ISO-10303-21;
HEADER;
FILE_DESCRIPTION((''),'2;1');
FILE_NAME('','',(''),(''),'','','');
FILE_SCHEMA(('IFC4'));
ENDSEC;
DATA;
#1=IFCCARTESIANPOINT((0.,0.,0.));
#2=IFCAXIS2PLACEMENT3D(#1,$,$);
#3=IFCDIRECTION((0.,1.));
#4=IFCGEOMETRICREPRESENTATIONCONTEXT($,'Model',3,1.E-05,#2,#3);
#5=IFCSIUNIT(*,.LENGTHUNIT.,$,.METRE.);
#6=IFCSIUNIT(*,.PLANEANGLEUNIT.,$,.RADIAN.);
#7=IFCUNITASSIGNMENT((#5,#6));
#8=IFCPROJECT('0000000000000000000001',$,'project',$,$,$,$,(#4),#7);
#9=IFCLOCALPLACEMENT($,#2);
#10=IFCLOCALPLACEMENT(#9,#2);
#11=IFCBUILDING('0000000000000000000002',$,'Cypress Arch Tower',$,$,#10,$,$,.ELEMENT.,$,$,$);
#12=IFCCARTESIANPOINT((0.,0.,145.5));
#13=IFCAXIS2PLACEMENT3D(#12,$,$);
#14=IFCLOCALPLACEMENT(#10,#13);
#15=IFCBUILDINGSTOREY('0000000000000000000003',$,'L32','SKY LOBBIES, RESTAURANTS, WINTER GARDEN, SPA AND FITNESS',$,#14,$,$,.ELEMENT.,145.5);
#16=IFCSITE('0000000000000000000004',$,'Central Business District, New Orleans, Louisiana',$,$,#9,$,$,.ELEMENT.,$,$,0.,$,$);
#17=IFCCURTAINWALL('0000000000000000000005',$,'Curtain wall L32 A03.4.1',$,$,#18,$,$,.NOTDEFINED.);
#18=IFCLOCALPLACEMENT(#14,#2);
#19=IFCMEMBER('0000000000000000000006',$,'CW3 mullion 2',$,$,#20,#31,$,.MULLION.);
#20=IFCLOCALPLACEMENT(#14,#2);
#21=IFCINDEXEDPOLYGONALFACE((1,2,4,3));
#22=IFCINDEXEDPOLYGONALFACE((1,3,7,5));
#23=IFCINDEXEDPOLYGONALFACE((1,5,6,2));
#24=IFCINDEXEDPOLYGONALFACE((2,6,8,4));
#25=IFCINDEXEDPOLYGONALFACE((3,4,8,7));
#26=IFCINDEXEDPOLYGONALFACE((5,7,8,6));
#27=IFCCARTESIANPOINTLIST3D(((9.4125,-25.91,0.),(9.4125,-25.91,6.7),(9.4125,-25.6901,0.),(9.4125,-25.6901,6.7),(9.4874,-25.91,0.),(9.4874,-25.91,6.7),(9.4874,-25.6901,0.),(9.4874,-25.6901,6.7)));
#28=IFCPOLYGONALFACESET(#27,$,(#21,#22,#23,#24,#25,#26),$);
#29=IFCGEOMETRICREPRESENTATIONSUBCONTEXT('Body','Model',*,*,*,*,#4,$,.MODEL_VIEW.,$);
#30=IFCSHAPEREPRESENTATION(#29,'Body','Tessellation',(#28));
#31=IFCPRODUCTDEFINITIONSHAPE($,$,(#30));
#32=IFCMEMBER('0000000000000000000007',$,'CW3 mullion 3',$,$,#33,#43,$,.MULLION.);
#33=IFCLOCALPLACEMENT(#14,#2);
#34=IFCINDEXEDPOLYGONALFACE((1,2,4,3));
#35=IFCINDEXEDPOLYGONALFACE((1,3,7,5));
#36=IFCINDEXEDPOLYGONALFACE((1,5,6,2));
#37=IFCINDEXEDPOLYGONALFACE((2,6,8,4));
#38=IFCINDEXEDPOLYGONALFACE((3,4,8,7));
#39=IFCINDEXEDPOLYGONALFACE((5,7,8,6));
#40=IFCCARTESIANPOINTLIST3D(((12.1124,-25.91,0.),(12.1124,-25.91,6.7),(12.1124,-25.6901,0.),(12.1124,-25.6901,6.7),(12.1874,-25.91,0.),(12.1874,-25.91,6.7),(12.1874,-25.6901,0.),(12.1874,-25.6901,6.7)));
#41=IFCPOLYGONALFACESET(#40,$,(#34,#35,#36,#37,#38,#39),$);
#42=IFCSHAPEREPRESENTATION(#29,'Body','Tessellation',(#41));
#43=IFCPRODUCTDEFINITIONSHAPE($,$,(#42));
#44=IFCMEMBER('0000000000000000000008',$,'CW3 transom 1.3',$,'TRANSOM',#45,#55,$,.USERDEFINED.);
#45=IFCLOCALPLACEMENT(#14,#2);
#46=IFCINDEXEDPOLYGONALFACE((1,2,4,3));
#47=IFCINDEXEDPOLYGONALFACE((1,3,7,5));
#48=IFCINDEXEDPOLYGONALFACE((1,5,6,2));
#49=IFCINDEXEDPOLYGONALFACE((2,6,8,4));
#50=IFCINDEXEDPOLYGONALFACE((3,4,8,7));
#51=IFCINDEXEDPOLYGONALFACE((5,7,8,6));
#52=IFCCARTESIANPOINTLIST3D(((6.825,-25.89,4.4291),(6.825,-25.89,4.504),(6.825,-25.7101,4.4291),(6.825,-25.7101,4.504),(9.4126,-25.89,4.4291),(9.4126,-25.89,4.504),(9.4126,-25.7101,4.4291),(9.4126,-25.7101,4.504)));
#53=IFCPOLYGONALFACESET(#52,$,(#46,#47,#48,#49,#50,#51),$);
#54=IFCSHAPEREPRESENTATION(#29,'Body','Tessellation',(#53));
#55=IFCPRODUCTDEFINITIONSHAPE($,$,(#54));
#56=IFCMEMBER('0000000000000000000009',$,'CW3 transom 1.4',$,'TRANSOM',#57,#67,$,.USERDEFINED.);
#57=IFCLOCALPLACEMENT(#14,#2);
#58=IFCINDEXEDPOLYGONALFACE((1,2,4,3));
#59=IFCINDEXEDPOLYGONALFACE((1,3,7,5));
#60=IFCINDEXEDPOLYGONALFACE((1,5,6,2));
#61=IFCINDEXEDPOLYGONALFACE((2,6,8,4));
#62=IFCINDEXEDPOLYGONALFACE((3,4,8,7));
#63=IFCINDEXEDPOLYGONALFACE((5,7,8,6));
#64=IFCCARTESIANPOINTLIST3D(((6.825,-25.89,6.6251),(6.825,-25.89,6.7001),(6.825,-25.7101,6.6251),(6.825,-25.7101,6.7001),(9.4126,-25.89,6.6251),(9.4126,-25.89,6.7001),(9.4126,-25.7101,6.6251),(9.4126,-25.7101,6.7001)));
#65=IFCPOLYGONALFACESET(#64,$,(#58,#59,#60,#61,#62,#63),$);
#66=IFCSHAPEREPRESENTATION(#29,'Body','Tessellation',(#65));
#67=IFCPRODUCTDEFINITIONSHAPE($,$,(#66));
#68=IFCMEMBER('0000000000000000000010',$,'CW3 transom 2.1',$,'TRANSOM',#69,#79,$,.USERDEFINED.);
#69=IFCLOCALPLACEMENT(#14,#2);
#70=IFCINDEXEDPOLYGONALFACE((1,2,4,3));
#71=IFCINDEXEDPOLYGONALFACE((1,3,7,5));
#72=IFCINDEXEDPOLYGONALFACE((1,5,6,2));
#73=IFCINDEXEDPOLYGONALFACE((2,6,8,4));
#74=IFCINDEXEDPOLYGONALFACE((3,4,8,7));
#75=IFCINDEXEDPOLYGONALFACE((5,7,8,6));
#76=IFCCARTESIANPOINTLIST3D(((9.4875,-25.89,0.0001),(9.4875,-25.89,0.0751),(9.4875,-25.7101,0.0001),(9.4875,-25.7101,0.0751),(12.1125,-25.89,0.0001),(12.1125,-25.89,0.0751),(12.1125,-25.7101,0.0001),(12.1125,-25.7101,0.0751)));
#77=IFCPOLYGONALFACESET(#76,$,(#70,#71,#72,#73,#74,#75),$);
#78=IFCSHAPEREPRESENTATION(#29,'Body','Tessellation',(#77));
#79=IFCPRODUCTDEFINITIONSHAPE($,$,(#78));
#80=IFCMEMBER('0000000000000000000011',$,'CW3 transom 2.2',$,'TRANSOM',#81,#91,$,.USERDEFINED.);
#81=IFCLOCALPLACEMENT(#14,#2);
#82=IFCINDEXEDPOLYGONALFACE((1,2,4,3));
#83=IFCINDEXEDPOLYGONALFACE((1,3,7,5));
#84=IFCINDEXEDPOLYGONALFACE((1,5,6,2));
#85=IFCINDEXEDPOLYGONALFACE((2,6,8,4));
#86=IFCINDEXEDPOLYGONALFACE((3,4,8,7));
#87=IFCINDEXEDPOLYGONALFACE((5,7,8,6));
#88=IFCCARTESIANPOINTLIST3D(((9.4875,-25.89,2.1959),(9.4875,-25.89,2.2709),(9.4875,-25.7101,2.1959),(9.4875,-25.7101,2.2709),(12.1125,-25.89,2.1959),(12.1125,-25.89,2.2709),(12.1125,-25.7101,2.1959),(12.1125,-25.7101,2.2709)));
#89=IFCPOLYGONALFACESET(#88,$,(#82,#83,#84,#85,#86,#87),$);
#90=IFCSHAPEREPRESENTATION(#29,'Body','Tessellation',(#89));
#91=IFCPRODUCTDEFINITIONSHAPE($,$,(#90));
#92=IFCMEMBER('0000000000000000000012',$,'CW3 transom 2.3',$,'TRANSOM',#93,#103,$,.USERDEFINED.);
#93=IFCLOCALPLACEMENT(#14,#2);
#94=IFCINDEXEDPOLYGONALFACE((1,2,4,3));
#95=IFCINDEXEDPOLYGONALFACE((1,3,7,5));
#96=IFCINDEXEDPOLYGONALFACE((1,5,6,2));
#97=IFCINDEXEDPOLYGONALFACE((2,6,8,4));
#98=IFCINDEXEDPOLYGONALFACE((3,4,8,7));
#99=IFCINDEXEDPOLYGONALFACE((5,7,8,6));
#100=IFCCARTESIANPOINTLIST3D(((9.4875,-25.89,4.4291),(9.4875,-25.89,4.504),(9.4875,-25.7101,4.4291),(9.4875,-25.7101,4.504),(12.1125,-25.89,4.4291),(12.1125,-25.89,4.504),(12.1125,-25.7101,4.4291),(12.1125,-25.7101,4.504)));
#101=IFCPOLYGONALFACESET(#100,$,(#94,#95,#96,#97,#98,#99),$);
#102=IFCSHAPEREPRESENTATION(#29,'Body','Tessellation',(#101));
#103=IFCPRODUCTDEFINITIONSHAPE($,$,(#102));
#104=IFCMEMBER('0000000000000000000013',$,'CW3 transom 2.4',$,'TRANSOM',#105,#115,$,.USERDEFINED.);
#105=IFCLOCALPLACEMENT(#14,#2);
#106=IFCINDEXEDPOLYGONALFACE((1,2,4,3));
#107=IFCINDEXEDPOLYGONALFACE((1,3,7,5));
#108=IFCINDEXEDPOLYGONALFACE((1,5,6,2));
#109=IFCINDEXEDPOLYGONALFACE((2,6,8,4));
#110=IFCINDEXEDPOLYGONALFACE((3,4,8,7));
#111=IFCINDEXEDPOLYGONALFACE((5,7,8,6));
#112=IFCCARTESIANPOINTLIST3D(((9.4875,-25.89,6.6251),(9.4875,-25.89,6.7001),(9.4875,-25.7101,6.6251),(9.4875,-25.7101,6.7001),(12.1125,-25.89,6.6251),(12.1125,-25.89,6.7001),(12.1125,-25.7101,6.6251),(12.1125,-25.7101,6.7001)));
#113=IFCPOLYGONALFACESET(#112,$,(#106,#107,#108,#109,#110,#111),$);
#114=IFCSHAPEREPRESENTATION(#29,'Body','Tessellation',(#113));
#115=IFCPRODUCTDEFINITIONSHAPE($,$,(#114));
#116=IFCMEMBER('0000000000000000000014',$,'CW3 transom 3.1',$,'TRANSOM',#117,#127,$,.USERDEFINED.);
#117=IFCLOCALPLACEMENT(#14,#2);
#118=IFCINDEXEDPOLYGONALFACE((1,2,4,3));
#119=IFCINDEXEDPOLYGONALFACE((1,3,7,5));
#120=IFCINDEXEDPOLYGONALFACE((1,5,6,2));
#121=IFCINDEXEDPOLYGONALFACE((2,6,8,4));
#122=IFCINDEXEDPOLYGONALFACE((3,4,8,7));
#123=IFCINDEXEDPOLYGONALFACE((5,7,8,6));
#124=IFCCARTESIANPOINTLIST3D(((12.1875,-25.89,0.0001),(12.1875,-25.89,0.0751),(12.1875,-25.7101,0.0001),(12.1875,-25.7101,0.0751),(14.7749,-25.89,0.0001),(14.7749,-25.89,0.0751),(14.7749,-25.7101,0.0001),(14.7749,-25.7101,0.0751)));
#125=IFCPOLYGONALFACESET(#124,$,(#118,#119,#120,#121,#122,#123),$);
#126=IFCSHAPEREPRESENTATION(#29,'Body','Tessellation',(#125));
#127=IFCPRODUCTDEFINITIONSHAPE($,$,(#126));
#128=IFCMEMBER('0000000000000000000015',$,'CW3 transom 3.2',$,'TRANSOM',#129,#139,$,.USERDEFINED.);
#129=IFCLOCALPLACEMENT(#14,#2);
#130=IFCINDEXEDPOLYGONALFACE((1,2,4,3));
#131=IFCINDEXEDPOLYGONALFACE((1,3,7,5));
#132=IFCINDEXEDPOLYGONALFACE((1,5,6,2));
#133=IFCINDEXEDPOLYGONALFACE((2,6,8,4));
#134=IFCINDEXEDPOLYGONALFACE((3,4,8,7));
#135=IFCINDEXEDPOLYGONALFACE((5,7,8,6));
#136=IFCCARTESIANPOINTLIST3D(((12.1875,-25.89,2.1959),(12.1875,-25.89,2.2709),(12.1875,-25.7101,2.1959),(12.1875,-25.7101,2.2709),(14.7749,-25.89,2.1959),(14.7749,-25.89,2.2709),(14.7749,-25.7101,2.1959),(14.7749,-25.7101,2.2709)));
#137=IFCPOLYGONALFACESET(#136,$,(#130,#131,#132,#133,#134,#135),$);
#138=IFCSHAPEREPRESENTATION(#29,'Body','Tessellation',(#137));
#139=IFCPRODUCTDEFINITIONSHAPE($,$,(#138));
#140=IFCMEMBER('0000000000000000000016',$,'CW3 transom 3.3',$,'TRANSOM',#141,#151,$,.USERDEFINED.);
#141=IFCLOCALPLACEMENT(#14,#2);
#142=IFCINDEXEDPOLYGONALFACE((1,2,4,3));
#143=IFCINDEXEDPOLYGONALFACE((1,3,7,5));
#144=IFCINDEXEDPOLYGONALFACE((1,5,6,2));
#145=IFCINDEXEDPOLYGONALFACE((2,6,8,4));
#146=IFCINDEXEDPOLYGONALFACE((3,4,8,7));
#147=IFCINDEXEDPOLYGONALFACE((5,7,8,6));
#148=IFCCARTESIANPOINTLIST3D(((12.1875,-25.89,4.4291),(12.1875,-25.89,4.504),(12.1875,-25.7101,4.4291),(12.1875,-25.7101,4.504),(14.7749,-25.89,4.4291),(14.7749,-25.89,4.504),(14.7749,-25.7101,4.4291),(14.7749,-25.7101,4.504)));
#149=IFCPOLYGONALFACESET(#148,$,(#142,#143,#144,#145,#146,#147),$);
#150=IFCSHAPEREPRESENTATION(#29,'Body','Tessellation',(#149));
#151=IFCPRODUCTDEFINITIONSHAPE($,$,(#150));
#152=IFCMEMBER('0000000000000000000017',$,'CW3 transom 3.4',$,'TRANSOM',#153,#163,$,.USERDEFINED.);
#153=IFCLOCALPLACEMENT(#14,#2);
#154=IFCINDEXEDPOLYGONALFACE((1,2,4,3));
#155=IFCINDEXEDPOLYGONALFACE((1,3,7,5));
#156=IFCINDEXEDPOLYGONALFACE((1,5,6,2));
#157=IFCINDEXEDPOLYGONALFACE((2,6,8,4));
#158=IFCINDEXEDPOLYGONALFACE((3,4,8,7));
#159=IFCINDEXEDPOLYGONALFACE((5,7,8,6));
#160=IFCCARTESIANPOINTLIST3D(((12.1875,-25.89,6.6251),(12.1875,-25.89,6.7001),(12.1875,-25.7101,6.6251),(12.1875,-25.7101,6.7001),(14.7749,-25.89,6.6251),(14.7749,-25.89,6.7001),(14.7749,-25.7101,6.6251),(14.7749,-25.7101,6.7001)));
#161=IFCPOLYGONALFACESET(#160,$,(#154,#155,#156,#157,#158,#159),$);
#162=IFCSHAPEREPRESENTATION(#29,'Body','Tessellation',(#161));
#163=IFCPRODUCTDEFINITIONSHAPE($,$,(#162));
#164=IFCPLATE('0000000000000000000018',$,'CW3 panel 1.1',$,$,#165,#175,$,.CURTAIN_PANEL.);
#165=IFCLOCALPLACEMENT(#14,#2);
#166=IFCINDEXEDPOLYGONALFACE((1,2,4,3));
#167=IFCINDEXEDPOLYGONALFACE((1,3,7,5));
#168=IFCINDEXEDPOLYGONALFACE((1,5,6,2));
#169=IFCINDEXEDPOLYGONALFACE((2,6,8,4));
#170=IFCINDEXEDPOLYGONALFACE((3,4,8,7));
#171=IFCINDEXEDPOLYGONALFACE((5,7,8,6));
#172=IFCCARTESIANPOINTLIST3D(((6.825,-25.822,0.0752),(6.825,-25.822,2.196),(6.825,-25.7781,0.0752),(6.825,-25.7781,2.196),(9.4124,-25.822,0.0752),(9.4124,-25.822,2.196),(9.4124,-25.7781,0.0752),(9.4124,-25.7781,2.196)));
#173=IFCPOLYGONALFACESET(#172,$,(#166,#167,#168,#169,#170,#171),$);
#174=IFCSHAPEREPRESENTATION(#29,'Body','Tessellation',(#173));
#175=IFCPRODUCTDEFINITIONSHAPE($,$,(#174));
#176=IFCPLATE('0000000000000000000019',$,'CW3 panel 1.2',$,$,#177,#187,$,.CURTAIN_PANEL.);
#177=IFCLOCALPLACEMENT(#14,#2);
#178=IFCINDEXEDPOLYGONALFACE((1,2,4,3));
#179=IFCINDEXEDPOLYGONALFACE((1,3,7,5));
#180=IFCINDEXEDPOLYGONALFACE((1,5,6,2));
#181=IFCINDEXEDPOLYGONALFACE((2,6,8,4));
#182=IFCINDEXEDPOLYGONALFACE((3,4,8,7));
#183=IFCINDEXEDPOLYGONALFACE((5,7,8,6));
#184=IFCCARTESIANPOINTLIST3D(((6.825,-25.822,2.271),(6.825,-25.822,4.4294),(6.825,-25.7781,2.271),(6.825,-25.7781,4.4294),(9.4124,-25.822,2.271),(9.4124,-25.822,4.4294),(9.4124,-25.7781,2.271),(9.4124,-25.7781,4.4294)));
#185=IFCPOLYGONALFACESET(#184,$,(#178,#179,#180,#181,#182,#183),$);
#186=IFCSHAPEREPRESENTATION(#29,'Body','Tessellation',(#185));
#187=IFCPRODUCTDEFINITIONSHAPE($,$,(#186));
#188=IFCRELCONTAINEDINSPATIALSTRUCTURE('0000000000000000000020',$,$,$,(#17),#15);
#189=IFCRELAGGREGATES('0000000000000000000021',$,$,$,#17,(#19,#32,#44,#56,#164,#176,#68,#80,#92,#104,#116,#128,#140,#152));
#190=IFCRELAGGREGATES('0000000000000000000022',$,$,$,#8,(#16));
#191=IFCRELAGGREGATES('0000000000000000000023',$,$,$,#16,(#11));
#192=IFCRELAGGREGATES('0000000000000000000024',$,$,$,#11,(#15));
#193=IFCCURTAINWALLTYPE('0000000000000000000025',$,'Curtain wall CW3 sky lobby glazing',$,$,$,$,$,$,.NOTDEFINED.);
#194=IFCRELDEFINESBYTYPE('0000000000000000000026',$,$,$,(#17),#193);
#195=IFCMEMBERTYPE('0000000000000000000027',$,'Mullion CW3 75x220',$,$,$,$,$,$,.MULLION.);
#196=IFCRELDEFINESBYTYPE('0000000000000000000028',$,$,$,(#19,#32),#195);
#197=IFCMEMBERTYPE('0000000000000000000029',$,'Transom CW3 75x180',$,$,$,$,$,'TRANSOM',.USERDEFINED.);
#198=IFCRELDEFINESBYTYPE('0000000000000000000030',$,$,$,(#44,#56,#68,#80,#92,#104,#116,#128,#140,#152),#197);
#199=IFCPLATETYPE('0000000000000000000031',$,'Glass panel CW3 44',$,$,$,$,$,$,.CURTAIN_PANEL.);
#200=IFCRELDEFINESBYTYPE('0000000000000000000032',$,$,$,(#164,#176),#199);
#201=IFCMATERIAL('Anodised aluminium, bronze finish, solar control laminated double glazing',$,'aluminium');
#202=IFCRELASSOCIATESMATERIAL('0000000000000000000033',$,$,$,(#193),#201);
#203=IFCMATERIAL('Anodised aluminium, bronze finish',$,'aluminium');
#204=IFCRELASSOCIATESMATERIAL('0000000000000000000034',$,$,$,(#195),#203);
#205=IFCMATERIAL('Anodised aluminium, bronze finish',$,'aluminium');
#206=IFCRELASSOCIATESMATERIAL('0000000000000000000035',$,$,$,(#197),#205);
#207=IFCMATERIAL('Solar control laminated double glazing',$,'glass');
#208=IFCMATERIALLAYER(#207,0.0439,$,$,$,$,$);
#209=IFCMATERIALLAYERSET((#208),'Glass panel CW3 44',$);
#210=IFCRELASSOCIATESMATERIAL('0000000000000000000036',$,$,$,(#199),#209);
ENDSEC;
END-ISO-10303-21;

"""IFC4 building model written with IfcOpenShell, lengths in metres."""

from ifc_helpers import new_model, si_unit, direction, frame, origin, origin_2d, place, context, subcontext, project, spatial, rectangle, extrude, material, layer, layer_set, material_profile, profile_set, type_object, element, aggregate, save


model = new_model("IFC4")

# Units and contexts
model_context = context("Model", 3, precision=1e-05, world=origin(), true_north=direction((0.0, 1.0)))
body_context = subcontext(model_context, "Body", "Model", "MODEL_VIEW")
ifc_project = project(units=[si_unit("LENGTHUNIT", "METRE"), si_unit("PLANEANGLEUNIT", "RADIAN")], contexts=[model_context])

# Site, building, storey
site_placement = place(None, origin())
site = spatial("IfcSite", under=ifc_project, at=site_placement, Name="Central Business District, New Orleans, Louisiana", CompositionType="ELEMENT", RefElevation=0.0)
building_placement = place(site_placement, origin())
building = spatial("IfcBuilding", under=site, at=building_placement, Name="Cypress Arch Tower", CompositionType="ELEMENT")
storey_placement = place(building_placement, frame((0.0, 0.0, 145.5)))
storey = spatial("IfcBuildingStorey", under=building, at=storey_placement, Name="L32", Description="SKY LOBBIES, RESTAURANTS, WINTER GARDEN, SPA AND FITNESS", CompositionType="ELEMENT", Elevation=145.5)

# Curtain wall, members, plates
ifc_material_1 = material(Name="Anodised aluminium, bronze finish, solar control laminated double glazing", Category="aluminium")
curtain_wall_type = type_object("IfcCurtainWallType", Name="Curtain wall CW3 sky lobby glazing", PredefinedType="NOTDEFINED", material=ifc_material_1)
curtain_wall_placement = place(storey_placement, origin())
curtain_wall = element("IfcCurtainWall", 1, at=curtain_wall_placement, inside=storey, type_object=curtain_wall_type, Name="Curtain wall L32 A03.4.1", PredefinedType="NOTDEFINED")
ifc_material_2 = material(Name="Anodised aluminium, bronze finish", Category="aluminium")
ifc_material_profile_1 = material_profile(ifc_material_2, rectangle(XDim=0.22, YDim=0.075, at=origin_2d()), Name="Mullion 75x220")
ifc_profile_set_1 = profile_set([ifc_material_profile_1], Name="Anodised aluminium, bronze finish")
member_type_1 = type_object("IfcMemberType", Name="Mullion CW3 75x220", PredefinedType="MULLION", material=ifc_profile_set_1)
member_1_placement = place(storey_placement, frame((9.45, -25.8, 0.0), z_axis=(0.0, 0.0, 1.0), x_axis=(0.0, 1.0, 0.0)))
member_1 = element("IfcMember", 2, at=member_1_placement, type_object=member_type_1, Name="CW3 mullion 2", PredefinedType="MULLION", context=body_context, shape_type="SweptSolid", body=[
    extrude(rectangle(XDim=0.22, YDim=0.075, at=origin_2d()), origin(), (0.0, 0.0, 1.0), 6.7),
])
member_2_placement = place(storey_placement, frame((12.1499, -25.8, 0.0), z_axis=(0.0, 0.0, 1.0), x_axis=(0.0, 1.0, 0.0)))
member_2 = element("IfcMember", 3, at=member_2_placement, type_object=member_type_1, Name="CW3 mullion 3", PredefinedType="MULLION", context=body_context, shape_type="SweptSolid", body=[
    extrude(rectangle(XDim=0.22, YDim=0.075, at=origin_2d()), origin(), (0.0, 0.0, 1.0), 6.7),
])
ifc_material_3 = material(Name="Anodised aluminium, bronze finish", Category="aluminium")
ifc_material_profile_2 = material_profile(ifc_material_3, rectangle(XDim=0.1799, YDim=0.075, at=origin_2d()), Name="Transom 75x180")
ifc_profile_set_2 = profile_set([ifc_material_profile_2], Name="Anodised aluminium, bronze finish")
member_type_2 = type_object("IfcMemberType", Name="Transom CW3 75x180", ElementType="TRANSOM", PredefinedType="USERDEFINED", material=ifc_profile_set_2)
member_3_placement = place(storey_placement, frame((6.825, -25.8, 4.4666), z_axis=(1.0, 0.0, 0.0), x_axis=(0.0, 1.0, 0.0)))
member_3 = element("IfcMember", 4, at=member_3_placement, type_object=member_type_2, Name="CW3 transom 1.3", ObjectType="TRANSOM", PredefinedType="USERDEFINED", context=body_context, shape_type="SweptSolid", body=[
    extrude(rectangle(XDim=0.1799, YDim=0.075, at=origin_2d()), origin(), (0.0, 0.0, 1.0), 2.5876),
])
member_4_placement = place(storey_placement, frame((6.825, -25.8, 6.6626), z_axis=(1.0, 0.0, 0.0), x_axis=(0.0, 1.0, 0.0)))
member_4 = element("IfcMember", 5, at=member_4_placement, type_object=member_type_2, Name="CW3 transom 1.4", ObjectType="TRANSOM", PredefinedType="USERDEFINED", context=body_context, shape_type="SweptSolid", body=[
    extrude(rectangle(XDim=0.1799, YDim=0.075, at=origin_2d()), origin(), (0.0, 0.0, 1.0), 2.5876),
])
member_5_placement = place(storey_placement, frame((9.4875, -25.8, 0.0376), z_axis=(1.0, 0.0, 0.0), x_axis=(0.0, 1.0, 0.0)))
member_5 = element("IfcMember", 6, at=member_5_placement, type_object=member_type_2, Name="CW3 transom 2.1", ObjectType="TRANSOM", PredefinedType="USERDEFINED", context=body_context, shape_type="SweptSolid", body=[
    extrude(rectangle(XDim=0.1799, YDim=0.075, at=origin_2d()), origin(), (0.0, 0.0, 1.0), 2.625),
])
member_6_placement = place(storey_placement, frame((9.4875, -25.8, 2.2334), z_axis=(1.0, 0.0, 0.0), x_axis=(0.0, 1.0, 0.0)))
member_6 = element("IfcMember", 7, at=member_6_placement, type_object=member_type_2, Name="CW3 transom 2.2", ObjectType="TRANSOM", PredefinedType="USERDEFINED", context=body_context, shape_type="SweptSolid", body=[
    extrude(rectangle(XDim=0.1799, YDim=0.075, at=origin_2d()), origin(), (0.0, 0.0, 1.0), 2.625),
])
member_7_placement = place(storey_placement, frame((9.4875, -25.8, 4.4666), z_axis=(1.0, 0.0, 0.0), x_axis=(0.0, 1.0, 0.0)))
member_7 = element("IfcMember", 8, at=member_7_placement, type_object=member_type_2, Name="CW3 transom 2.3", ObjectType="TRANSOM", PredefinedType="USERDEFINED", context=body_context, shape_type="SweptSolid", body=[
    extrude(rectangle(XDim=0.1799, YDim=0.075, at=origin_2d()), origin(), (0.0, 0.0, 1.0), 2.625),
])
member_8_placement = place(storey_placement, frame((9.4875, -25.8, 6.6626), z_axis=(1.0, 0.0, 0.0), x_axis=(0.0, 1.0, 0.0)))
member_8 = element("IfcMember", 9, at=member_8_placement, type_object=member_type_2, Name="CW3 transom 2.4", ObjectType="TRANSOM", PredefinedType="USERDEFINED", context=body_context, shape_type="SweptSolid", body=[
    extrude(rectangle(XDim=0.1799, YDim=0.075, at=origin_2d()), origin(), (0.0, 0.0, 1.0), 2.625),
])
member_9_placement = place(storey_placement, frame((12.1875, -25.8, 0.0376), z_axis=(1.0, 0.0, 0.0), x_axis=(0.0, 1.0, 0.0)))
member_9 = element("IfcMember", 10, at=member_9_placement, type_object=member_type_2, Name="CW3 transom 3.1", ObjectType="TRANSOM", PredefinedType="USERDEFINED", context=body_context, shape_type="SweptSolid", body=[
    extrude(rectangle(XDim=0.1799, YDim=0.075, at=origin_2d()), origin(), (0.0, 0.0, 1.0), 2.5874),
])
member_10_placement = place(storey_placement, frame((12.1875, -25.8, 2.2334), z_axis=(1.0, 0.0, 0.0), x_axis=(0.0, 1.0, 0.0)))
member_10 = element("IfcMember", 11, at=member_10_placement, type_object=member_type_2, Name="CW3 transom 3.2", ObjectType="TRANSOM", PredefinedType="USERDEFINED", context=body_context, shape_type="SweptSolid", body=[
    extrude(rectangle(XDim=0.1799, YDim=0.075, at=origin_2d()), origin(), (0.0, 0.0, 1.0), 2.5874),
])
member_11_placement = place(storey_placement, frame((12.1875, -25.8, 4.4666), z_axis=(1.0, 0.0, 0.0), x_axis=(0.0, 1.0, 0.0)))
member_11 = element("IfcMember", 12, at=member_11_placement, type_object=member_type_2, Name="CW3 transom 3.3", ObjectType="TRANSOM", PredefinedType="USERDEFINED", context=body_context, shape_type="SweptSolid", body=[
    extrude(rectangle(XDim=0.1799, YDim=0.075, at=origin_2d()), origin(), (0.0, 0.0, 1.0), 2.5874),
])
member_12_placement = place(storey_placement, frame((12.1875, -25.8, 6.6626), z_axis=(1.0, 0.0, 0.0), x_axis=(0.0, 1.0, 0.0)))
member_12 = element("IfcMember", 13, at=member_12_placement, type_object=member_type_2, Name="CW3 transom 3.4", ObjectType="TRANSOM", PredefinedType="USERDEFINED", context=body_context, shape_type="SweptSolid", body=[
    extrude(rectangle(XDim=0.1799, YDim=0.075, at=origin_2d()), origin(), (0.0, 0.0, 1.0), 2.5874),
])
ifc_material_4 = material(Name="Solar control laminated double glazing", Category="glass")
ifc_layer = layer(ifc_material_4, 0.0439)
ifc_layer_set = layer_set([ifc_layer], Name="Glass panel CW3 44")
plate_type = type_object("IfcPlateType", Name="Glass panel CW3 44", PredefinedType="CURTAIN_PANEL", material=ifc_layer_set)
plate_1_placement = place(storey_placement, frame((8.1187, -25.8, 0.0752), z_axis=(0.0, 0.0, 1.0), x_axis=(1.0, 0.0, 0.0)))
plate_1 = element("IfcPlate", 14, at=plate_1_placement, type_object=plate_type, Name="CW3 panel 1.1", PredefinedType="CURTAIN_PANEL", context=body_context, shape_type="SweptSolid", body=[
    extrude(rectangle(XDim=2.5874, YDim=0.0439, at=origin_2d()), origin(), (0.0, 0.0, 1.0), 2.1208),
])
plate_2_placement = place(storey_placement, frame((8.1187, -25.8, 2.271), z_axis=(0.0, 0.0, 1.0), x_axis=(1.0, 0.0, 0.0)))
plate_2 = element("IfcPlate", 15, at=plate_2_placement, type_object=plate_type, Name="CW3 panel 1.2", PredefinedType="CURTAIN_PANEL", context=body_context, shape_type="SweptSolid", body=[
    extrude(rectangle(XDim=2.5874, YDim=0.0439, at=origin_2d()), origin(), (0.0, 0.0, 1.0), 2.1584),
])
aggregate(curtain_wall, [member_1, member_2, member_3, member_4, plate_1, plate_2, member_5, member_6, member_7, member_8, member_9, member_10, member_11, member_12])

save(model, "model.ifc")
